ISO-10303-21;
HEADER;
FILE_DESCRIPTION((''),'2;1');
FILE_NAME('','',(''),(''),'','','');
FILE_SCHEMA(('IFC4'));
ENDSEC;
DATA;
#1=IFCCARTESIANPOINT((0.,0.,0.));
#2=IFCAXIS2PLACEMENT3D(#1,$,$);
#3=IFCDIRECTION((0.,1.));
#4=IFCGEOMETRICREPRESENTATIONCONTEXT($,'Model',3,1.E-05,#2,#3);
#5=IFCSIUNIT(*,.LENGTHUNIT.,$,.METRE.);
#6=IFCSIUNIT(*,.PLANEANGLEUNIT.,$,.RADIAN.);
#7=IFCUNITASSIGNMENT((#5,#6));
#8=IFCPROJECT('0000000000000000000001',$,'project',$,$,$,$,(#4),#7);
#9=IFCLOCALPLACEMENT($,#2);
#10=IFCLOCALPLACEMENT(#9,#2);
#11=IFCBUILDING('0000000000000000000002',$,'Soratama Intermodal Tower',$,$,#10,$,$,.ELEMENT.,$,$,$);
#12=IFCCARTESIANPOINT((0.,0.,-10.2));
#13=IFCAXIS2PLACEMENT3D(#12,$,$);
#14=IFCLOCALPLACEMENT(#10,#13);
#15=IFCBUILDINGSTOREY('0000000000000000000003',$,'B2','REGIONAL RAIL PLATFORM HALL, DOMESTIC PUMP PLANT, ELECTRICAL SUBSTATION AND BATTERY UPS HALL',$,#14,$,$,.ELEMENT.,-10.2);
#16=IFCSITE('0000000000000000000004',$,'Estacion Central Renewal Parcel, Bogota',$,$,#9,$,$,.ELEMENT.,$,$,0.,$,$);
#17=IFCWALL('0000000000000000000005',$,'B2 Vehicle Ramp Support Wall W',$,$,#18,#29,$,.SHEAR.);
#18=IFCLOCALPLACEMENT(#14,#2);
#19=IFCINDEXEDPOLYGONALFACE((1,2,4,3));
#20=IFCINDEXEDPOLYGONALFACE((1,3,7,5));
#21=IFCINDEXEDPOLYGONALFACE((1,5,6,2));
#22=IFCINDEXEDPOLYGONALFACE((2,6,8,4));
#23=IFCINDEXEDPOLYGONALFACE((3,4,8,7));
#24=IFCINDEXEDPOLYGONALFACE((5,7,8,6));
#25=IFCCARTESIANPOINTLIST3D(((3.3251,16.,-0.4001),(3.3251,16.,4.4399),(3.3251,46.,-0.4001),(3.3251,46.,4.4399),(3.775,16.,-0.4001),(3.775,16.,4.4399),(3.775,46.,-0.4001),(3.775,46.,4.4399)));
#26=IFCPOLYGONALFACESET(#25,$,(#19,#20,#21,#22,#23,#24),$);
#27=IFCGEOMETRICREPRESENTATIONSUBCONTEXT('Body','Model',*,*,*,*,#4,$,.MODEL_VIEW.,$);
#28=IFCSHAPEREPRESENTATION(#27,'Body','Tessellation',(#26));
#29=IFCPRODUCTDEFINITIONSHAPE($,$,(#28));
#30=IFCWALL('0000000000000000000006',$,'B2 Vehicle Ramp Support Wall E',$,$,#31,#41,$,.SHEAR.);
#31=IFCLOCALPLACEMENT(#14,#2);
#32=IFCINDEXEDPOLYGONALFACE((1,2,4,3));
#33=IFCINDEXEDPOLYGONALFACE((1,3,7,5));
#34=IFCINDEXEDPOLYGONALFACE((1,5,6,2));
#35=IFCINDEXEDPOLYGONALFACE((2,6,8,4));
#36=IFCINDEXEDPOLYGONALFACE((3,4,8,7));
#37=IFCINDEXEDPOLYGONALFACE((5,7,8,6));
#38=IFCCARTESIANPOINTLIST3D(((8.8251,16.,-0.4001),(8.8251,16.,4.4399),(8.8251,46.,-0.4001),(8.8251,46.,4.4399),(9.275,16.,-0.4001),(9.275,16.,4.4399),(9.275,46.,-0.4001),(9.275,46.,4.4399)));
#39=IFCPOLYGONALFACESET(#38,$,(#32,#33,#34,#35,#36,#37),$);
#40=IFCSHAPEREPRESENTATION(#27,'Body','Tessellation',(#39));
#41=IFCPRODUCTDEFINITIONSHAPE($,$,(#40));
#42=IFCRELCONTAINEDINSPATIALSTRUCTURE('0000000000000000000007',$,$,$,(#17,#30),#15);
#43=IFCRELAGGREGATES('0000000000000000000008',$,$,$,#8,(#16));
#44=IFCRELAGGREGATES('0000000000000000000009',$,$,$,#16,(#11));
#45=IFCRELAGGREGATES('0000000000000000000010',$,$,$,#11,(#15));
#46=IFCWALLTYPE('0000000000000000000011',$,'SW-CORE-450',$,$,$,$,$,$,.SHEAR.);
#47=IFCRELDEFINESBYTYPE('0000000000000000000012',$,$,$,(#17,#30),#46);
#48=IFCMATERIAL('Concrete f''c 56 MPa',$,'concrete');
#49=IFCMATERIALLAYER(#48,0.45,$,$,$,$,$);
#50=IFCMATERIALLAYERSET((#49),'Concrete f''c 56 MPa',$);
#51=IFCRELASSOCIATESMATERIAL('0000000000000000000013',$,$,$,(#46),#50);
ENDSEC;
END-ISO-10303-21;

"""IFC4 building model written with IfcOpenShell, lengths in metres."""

from ifc_helpers import new_model, si_unit, direction, frame, frame_2d, origin, place, context, subcontext, project, spatial, rectangle, extrude, material, layer, layer_set, type_object, element, save


model = new_model("IFC4")

# Units and contexts
model_context = context("Model", 3, precision=1e-05, world=origin(), true_north=direction((0.0, 1.0)))
body_context = subcontext(model_context, "Body", "Model", "MODEL_VIEW")
ifc_project = project(units=[si_unit("LENGTHUNIT", "METRE"), si_unit("PLANEANGLEUNIT", "RADIAN")], contexts=[model_context])

# Site, building, storey
site_placement = place(None, origin())
site = spatial("IfcSite", under=ifc_project, at=site_placement, Name="Estacion Central Renewal Parcel, Bogota", CompositionType="ELEMENT", RefElevation=0.0)
building_placement = place(site_placement, origin())
building = spatial("IfcBuilding", under=site, at=building_placement, Name="Soratama Intermodal Tower", CompositionType="ELEMENT")
storey_placement = place(building_placement, frame((0.0, 0.0, -10.2)))
storey = spatial("IfcBuildingStorey", under=building, at=storey_placement, Name="B2", Description="REGIONAL RAIL PLATFORM HALL, DOMESTIC PUMP PLANT, ELECTRICAL SUBSTATION AND BATTERY UPS HALL", CompositionType="ELEMENT", Elevation=-10.2)

# Walls
ifc_material_1 = material(Name="Concrete f'c 56 MPa", Category="concrete")
ifc_layer_1 = layer(ifc_material_1, 0.45)
ifc_layer_set_1 = layer_set([ifc_layer_1], Name="Concrete f'c 56 MPa")
wall_type = type_object("IfcWallType", Name="SW-CORE-450", PredefinedType="SHEAR", material=ifc_layer_set_1)
for number, where, z_axis, x_axis, name in (
    (1, (3.55, 16.0, -0.4001), (0.0, 0.0, 1.0), (0.0, 1.0, 0.0), "B2 Vehicle Ramp Support Wall W"),
    (2, (9.05, 16.0, -0.4001), (0.0, 0.0, 1.0), (0.0, 1.0, 0.0), "B2 Vehicle Ramp Support Wall E"),
):
    element("IfcWall", number, at=place(storey_placement, frame(where, z_axis=z_axis, x_axis=x_axis)), inside=storey, type_object=wall_type, Name=name, PredefinedType="SHEAR", context=body_context, shape_type="SweptSolid", body=[
        extrude(rectangle(XDim=30.0, YDim=0.45, at=frame_2d((15.0, 0.0))), origin(), (0.0, 0.0, 1.0), 4.8401),
    ])

save(model, "model.ifc")
